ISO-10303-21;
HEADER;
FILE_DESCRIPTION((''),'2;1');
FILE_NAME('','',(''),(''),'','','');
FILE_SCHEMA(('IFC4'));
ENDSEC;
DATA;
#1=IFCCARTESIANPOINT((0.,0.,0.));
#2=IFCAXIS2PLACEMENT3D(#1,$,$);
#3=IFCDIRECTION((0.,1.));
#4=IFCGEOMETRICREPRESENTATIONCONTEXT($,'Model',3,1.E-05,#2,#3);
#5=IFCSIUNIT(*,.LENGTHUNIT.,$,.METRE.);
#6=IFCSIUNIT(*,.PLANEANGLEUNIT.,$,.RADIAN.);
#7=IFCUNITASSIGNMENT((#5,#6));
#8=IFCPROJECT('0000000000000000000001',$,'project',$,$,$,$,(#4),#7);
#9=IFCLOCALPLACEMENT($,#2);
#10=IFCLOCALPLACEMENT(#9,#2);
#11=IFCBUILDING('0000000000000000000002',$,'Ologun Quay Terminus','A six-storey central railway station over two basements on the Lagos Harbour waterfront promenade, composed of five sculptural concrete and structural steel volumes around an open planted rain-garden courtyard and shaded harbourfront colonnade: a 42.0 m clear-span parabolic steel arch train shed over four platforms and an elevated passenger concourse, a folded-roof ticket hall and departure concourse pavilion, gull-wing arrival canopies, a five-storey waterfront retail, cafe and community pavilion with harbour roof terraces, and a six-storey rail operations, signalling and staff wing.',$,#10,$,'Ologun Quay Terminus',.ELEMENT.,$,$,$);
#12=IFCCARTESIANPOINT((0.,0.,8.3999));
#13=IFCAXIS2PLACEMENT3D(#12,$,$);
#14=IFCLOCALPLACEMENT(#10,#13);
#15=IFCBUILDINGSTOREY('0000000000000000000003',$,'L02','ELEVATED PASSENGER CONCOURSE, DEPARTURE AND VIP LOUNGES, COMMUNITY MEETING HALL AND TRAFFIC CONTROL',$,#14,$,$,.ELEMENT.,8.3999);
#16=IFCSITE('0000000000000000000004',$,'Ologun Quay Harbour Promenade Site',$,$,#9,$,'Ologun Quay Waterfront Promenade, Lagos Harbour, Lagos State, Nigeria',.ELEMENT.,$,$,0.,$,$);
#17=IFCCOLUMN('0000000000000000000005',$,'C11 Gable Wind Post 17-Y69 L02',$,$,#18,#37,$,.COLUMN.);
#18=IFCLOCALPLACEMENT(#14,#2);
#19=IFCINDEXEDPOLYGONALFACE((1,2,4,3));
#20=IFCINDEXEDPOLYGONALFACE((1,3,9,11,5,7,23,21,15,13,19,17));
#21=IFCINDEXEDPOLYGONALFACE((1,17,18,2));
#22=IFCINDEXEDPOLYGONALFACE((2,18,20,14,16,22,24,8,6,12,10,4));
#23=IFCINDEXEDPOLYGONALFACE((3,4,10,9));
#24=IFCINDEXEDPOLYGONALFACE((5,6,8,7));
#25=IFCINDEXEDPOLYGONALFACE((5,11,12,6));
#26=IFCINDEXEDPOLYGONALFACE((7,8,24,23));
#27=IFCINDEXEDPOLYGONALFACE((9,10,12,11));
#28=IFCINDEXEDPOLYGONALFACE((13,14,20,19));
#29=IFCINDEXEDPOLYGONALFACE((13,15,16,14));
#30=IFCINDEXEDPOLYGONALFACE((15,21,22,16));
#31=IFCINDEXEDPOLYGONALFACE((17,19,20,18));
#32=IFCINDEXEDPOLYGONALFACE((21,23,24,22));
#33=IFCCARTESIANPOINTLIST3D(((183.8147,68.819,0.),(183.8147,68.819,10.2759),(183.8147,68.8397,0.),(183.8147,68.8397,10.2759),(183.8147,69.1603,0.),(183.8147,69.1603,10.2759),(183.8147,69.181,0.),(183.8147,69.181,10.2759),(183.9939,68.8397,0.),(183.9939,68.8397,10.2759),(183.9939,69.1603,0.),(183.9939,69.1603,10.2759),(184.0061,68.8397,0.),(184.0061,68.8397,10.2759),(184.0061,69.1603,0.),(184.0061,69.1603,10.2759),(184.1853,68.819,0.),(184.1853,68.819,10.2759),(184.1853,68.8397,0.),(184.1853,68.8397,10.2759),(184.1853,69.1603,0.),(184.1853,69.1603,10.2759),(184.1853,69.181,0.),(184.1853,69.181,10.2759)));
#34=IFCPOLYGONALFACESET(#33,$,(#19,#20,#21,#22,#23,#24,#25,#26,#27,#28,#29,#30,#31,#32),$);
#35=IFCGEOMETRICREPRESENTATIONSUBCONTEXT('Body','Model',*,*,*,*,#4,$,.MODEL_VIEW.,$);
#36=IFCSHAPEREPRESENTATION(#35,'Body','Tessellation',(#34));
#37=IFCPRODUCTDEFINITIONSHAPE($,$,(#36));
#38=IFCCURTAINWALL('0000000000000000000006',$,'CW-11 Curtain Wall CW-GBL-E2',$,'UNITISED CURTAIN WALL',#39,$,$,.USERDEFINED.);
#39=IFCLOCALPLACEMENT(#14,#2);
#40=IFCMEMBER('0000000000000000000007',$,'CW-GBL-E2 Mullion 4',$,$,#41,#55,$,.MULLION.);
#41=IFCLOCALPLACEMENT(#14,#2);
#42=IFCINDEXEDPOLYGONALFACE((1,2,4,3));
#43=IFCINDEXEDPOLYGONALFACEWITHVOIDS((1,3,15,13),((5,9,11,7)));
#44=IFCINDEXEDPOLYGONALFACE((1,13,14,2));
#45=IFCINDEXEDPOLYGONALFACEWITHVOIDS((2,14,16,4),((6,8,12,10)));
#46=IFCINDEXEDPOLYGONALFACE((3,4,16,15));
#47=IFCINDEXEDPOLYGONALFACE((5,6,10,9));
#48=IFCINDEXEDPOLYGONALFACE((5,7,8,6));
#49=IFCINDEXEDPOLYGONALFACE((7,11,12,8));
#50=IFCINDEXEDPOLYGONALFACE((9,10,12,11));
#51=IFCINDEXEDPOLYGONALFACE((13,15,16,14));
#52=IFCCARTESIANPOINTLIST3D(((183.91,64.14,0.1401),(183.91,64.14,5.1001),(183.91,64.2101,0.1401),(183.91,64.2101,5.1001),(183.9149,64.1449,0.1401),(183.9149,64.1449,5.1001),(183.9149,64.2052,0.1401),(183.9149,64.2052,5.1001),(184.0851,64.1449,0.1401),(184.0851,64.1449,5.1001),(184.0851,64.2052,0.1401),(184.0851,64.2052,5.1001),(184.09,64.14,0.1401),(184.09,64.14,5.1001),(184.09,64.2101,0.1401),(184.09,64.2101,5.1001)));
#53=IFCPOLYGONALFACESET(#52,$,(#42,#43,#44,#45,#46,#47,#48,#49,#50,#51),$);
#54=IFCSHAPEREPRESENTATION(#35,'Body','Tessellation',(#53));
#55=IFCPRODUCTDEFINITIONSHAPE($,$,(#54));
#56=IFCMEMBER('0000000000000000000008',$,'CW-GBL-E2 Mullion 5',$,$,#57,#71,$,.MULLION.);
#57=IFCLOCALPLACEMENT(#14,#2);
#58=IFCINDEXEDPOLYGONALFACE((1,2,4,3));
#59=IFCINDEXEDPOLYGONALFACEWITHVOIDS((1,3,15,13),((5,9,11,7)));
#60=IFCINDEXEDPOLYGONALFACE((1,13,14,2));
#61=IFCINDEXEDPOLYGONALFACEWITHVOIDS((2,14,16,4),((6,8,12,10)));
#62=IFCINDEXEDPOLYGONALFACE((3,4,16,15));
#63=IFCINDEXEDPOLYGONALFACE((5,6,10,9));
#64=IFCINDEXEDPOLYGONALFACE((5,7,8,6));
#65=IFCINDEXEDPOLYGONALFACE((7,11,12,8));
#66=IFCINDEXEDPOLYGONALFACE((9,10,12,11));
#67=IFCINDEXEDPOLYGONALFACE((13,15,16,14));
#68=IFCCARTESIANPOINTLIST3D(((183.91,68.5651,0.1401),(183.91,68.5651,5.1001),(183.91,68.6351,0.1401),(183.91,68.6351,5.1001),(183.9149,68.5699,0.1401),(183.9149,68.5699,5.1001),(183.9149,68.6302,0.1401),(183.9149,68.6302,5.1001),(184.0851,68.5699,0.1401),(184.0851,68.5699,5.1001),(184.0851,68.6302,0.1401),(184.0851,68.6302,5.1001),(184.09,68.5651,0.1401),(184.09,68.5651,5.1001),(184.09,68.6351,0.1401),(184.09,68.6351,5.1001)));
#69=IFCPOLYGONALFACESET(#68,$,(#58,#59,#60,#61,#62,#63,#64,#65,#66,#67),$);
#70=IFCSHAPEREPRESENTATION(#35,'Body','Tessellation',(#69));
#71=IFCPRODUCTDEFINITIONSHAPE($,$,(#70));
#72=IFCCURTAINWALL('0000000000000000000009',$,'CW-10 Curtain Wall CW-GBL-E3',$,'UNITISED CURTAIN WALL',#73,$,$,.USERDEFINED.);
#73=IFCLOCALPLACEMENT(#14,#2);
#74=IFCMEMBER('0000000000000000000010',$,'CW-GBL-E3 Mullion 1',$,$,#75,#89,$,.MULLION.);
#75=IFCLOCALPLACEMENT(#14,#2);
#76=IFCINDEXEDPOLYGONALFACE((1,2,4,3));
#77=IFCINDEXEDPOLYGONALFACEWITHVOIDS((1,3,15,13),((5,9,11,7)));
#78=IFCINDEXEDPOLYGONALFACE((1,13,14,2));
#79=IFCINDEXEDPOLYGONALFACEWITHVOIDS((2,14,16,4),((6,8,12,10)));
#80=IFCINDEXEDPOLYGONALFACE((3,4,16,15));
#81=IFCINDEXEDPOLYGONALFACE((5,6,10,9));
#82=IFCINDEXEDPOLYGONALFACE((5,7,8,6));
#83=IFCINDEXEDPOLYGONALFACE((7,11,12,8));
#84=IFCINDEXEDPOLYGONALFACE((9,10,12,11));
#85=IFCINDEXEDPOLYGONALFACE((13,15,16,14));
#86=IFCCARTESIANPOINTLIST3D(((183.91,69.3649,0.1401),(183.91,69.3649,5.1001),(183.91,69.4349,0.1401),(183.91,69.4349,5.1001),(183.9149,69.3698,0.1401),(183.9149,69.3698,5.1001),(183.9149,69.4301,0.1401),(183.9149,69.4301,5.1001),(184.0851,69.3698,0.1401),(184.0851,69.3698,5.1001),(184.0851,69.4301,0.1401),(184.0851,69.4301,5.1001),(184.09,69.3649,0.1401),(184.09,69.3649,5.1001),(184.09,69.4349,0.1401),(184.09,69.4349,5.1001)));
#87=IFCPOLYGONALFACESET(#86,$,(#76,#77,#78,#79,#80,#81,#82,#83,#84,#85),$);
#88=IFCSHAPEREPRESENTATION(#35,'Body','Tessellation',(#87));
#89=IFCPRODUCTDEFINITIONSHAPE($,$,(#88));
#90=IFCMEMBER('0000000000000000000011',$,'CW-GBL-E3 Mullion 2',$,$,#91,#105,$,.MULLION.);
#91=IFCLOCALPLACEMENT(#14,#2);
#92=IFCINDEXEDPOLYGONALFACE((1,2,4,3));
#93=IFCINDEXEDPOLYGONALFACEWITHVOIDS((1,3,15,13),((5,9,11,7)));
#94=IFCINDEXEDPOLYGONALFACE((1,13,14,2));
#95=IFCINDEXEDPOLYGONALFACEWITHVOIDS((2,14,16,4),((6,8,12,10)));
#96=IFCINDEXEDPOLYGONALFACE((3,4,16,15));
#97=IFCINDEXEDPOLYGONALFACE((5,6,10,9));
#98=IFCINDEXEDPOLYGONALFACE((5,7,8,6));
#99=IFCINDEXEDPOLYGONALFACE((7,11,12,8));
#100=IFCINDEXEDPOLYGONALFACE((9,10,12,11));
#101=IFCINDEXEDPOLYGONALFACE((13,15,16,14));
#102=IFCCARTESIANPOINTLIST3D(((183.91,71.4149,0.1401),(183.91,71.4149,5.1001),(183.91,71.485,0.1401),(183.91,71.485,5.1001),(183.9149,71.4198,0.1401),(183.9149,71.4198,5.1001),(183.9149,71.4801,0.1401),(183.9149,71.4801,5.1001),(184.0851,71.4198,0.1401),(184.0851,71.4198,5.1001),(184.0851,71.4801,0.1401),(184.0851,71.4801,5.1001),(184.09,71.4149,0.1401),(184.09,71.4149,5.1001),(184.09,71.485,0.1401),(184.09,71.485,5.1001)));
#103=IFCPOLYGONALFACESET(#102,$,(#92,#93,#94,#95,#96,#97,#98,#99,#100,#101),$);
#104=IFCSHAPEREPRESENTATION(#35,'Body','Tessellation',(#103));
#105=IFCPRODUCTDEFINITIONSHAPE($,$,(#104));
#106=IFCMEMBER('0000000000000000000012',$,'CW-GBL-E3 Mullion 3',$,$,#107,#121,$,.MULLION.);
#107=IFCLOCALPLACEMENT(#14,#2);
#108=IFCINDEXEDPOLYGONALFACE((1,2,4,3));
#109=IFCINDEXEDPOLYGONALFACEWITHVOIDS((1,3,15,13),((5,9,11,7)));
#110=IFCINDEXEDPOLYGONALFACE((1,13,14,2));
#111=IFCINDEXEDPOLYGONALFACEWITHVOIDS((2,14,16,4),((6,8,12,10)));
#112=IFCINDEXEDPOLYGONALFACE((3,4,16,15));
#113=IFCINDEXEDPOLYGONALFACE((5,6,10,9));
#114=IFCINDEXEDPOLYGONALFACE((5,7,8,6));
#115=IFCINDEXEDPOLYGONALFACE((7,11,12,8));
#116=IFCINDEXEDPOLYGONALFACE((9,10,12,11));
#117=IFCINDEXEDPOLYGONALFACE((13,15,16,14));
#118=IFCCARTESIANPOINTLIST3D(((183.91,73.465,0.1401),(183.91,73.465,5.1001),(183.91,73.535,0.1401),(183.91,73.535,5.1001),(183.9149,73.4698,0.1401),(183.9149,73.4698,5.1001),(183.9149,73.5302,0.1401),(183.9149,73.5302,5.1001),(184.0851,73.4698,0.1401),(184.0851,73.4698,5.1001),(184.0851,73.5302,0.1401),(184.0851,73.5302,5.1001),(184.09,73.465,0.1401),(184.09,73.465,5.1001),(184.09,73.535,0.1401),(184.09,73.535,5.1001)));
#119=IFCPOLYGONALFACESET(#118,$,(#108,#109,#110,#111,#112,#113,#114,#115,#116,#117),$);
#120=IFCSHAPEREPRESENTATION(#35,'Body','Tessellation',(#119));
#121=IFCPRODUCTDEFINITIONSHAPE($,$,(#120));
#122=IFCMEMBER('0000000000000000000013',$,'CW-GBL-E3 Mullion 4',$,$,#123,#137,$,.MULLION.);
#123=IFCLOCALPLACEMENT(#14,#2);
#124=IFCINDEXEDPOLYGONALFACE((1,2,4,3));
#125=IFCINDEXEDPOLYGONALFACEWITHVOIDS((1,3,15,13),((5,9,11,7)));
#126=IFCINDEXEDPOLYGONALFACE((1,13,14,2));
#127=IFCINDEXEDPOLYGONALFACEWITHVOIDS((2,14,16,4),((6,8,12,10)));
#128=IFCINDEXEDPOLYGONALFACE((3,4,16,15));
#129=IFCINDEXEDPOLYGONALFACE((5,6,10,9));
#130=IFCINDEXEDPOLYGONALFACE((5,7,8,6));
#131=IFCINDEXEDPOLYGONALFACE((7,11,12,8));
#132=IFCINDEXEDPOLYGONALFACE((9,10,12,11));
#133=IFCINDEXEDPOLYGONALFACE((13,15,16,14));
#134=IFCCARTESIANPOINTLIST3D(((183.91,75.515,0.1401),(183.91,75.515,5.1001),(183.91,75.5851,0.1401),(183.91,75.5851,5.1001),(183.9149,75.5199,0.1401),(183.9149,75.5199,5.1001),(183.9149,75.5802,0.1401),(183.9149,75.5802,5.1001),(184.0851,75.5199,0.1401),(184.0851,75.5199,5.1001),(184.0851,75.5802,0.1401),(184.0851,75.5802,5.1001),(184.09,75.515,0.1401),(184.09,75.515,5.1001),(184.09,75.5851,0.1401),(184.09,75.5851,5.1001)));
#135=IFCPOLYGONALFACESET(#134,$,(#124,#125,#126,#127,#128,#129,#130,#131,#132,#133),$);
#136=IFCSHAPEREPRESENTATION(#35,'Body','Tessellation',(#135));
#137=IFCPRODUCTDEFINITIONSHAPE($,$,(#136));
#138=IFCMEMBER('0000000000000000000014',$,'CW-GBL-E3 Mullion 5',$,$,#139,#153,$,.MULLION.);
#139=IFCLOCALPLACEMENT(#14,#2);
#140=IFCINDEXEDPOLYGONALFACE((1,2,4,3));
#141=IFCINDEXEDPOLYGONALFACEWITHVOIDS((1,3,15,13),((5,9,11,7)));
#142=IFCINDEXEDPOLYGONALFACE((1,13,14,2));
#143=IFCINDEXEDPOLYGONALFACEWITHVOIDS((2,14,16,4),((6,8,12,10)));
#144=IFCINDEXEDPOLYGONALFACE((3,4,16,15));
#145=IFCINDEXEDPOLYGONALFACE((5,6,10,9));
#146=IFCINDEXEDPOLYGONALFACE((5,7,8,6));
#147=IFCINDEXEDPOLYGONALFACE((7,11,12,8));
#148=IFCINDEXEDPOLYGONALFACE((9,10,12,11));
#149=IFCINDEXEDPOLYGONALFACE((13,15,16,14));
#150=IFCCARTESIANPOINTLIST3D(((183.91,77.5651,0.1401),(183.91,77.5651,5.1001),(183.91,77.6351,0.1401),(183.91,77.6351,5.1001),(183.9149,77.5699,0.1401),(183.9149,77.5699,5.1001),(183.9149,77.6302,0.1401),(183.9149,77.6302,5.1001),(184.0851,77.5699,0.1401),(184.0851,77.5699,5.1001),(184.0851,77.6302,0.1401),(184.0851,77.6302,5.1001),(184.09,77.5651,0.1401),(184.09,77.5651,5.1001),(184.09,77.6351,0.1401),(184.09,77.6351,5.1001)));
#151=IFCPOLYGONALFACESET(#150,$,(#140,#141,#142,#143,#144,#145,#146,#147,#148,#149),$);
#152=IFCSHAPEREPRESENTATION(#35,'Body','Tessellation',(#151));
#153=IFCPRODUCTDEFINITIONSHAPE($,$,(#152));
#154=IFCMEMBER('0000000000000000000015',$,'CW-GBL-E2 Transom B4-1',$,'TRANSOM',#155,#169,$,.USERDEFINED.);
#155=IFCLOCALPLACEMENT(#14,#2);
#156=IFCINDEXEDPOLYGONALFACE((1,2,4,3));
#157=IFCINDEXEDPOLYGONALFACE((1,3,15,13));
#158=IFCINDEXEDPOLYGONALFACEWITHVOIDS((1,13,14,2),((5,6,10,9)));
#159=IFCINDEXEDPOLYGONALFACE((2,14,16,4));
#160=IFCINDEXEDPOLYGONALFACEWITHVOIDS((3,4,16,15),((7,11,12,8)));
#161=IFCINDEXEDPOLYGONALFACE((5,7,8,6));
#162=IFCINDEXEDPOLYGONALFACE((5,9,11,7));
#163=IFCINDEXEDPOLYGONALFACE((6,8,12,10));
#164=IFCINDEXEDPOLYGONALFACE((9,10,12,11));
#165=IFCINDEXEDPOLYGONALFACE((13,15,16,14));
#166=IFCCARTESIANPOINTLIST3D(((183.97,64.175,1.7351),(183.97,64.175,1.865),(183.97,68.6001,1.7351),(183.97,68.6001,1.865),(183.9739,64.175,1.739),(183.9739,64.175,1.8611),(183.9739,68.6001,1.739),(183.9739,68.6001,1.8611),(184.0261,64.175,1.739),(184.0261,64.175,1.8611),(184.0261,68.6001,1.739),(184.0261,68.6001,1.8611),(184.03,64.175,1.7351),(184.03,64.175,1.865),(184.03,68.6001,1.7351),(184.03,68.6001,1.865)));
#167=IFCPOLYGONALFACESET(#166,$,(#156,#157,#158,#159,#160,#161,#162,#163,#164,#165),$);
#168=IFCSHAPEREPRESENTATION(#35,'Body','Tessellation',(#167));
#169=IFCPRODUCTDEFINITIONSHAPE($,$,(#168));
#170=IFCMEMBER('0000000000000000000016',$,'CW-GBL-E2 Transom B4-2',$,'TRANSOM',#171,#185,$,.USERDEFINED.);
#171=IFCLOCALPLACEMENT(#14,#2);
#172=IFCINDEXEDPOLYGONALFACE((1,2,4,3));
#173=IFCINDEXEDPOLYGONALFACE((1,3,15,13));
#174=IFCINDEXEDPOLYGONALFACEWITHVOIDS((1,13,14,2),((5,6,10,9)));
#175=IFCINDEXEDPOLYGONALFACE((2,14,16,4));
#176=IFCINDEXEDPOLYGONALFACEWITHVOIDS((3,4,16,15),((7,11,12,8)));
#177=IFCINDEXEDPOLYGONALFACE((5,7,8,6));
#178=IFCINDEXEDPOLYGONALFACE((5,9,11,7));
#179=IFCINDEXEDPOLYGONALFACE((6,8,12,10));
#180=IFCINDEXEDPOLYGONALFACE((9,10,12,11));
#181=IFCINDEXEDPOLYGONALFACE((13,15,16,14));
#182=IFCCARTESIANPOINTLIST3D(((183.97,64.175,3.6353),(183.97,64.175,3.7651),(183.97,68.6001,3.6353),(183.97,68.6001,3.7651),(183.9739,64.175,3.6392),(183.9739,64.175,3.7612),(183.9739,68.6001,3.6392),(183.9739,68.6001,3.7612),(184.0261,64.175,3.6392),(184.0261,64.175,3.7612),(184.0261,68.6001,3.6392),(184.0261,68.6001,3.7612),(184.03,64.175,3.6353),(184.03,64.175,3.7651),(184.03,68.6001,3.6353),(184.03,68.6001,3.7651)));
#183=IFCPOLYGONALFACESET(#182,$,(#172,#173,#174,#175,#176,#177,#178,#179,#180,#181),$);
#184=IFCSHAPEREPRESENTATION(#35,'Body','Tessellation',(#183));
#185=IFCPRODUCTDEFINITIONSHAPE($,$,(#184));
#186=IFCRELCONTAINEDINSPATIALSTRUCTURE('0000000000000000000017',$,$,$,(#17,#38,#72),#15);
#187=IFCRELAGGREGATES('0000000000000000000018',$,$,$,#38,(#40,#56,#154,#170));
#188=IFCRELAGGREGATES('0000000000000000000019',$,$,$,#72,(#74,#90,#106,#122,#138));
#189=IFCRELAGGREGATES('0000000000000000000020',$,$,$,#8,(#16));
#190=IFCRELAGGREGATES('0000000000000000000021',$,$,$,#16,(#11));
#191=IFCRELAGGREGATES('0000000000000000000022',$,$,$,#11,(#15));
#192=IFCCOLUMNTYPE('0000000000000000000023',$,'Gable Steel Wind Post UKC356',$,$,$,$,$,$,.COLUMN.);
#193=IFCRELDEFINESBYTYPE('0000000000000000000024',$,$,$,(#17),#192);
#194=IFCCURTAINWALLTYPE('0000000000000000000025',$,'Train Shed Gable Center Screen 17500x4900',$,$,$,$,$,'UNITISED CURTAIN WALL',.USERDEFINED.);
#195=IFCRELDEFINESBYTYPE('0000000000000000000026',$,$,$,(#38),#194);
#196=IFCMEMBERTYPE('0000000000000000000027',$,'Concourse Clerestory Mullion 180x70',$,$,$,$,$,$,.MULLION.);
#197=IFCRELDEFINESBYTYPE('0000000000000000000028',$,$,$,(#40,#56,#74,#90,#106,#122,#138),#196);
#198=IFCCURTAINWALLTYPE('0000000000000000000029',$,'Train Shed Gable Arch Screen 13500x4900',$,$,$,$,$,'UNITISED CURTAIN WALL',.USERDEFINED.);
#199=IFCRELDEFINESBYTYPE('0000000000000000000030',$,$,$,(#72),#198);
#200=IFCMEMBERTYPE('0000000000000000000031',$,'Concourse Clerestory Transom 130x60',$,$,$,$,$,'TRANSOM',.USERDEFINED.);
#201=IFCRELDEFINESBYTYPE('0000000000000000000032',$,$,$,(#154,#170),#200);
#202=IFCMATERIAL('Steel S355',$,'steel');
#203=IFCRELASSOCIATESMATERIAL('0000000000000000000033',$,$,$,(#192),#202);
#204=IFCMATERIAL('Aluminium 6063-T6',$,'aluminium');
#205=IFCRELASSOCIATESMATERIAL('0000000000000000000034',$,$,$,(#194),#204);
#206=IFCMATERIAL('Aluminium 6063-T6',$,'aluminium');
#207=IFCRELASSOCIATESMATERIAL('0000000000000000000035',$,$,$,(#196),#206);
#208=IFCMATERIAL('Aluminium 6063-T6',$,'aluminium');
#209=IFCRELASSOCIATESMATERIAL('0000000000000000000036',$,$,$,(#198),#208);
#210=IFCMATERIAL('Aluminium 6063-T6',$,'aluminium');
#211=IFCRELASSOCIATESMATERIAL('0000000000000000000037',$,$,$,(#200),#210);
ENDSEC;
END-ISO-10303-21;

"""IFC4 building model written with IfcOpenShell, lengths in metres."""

from ifc_helpers import new_model, si_unit, direction, frame, origin, origin_2d, place, context, subcontext, project, spatial, hollow_rectangle, i_section, extrude, material, material_profile, profile_set, type_object, element, aggregate, save


model = new_model("IFC4")

# Units and contexts
model_context = context("Model", 3, precision=1e-05, world=origin(), true_north=direction((0.0, 1.0)))
body_context = subcontext(model_context, "Body", "Model", "MODEL_VIEW")
ifc_project = project(units=[si_unit("LENGTHUNIT", "METRE"), si_unit("PLANEANGLEUNIT", "RADIAN")], contexts=[model_context])

# Site, building, storey
site_placement = place(None, origin())
site = spatial("IfcSite", under=ifc_project, at=site_placement, Name="Ologun Quay Harbour Promenade Site", LongName="Ologun Quay Waterfront Promenade, Lagos Harbour, Lagos State, Nigeria", CompositionType="ELEMENT", RefElevation=0.0)
building_placement = place(site_placement, origin())
building = spatial("IfcBuilding", under=site, at=building_placement, Name="Ologun Quay Terminus", Description="A six-storey central railway station over two basements on the Lagos Harbour waterfront promenade, composed of five sculptural concrete and structural steel volumes around an open planted rain-garden courtyard and shaded harbourfront colonnade: a 42.0 m clear-span parabolic steel arch train shed over four platforms and an elevated passenger concourse, a folded-roof ticket hall and departure concourse pavilion, gull-wing arrival canopies, a five-storey waterfront retail, cafe and community pavilion with harbour roof terraces, and a six-storey rail operations, signalling and staff wing.", LongName="Ologun Quay Terminus", CompositionType="ELEMENT")
storey_placement = place(building_placement, frame((0.0, 0.0, 8.3999)))
storey = spatial("IfcBuildingStorey", under=building, at=storey_placement, Name="L02", Description="ELEVATED PASSENGER CONCOURSE, DEPARTURE AND VIP LOUNGES, COMMUNITY MEETING HALL AND TRAFFIC CONTROL", CompositionType="ELEMENT", Elevation=8.3999)

# Column
ifc_material_1 = material(Name="Steel S355", Category="steel")
ifc_material_profile_1 = material_profile(ifc_material_1, i_section(OverallWidth=0.3706, OverallDepth=0.3621, WebThickness=0.0122, FlangeThickness=0.0208, at=origin_2d()), Name="UKC 356x368x153")
ifc_profile_set_1 = profile_set([ifc_material_profile_1], Name="Steel S355")
column_type = type_object("IfcColumnType", Name="Gable Steel Wind Post UKC356", PredefinedType="COLUMN", material=ifc_profile_set_1)
column_placement = place(storey_placement, frame((184.0, 69.0, 0.0), z_axis=(0.0, 0.0, 1.0), x_axis=(1.0, 0.0, 0.0)))
element("IfcColumn", 1, at=column_placement, inside=storey, type_object=column_type, Name="C11 Gable Wind Post 17-Y69 L02", PredefinedType="COLUMN", context=body_context, shape_type="SweptSolid", body=[
    extrude(i_section(OverallWidth=0.3706, OverallDepth=0.3621, WebThickness=0.0122, FlangeThickness=0.0208, at=origin_2d()), origin(), (0.0, 0.0, 1.0), 10.2759),
])

# Curtain walls, members
ifc_material_2 = material(Name="Aluminium 6063-T6", Category="aluminium")
curtain_wall_type_1 = type_object("IfcCurtainWallType", Name="Train Shed Gable Center Screen 17500x4900", ElementType="UNITISED CURTAIN WALL", PredefinedType="USERDEFINED", material=ifc_material_2)
curtain_wall_1_placement = place(storey_placement, origin())
curtain_wall_1 = element("IfcCurtainWall", 2, at=curtain_wall_1_placement, inside=storey, type_object=curtain_wall_type_1, Name="CW-11 Curtain Wall CW-GBL-E2", ObjectType="UNITISED CURTAIN WALL", PredefinedType="USERDEFINED")
ifc_material_3 = material(Name="Aluminium 6063-T6", Category="aluminium")
ifc_material_profile_2 = material_profile(ifc_material_3, hollow_rectangle(XDim=0.0701, YDim=0.1799, WallThickness=0.0049, at=origin_2d()), Name="ALU 180x70x5")
ifc_profile_set_2 = profile_set([ifc_material_profile_2], Name="Aluminium 6063-T6")
member_type_1 = type_object("IfcMemberType", Name="Concourse Clerestory Mullion 180x70", PredefinedType="MULLION", material=ifc_profile_set_2)
member_1_placement = place(storey_placement, frame((184.0, 64.175, 0.1401), z_axis=(0.0, 0.0, 1.0), x_axis=(0.0, 1.0, 0.0)))
member_1 = element("IfcMember", 3, at=member_1_placement, type_object=member_type_1, Name="CW-GBL-E2 Mullion 4", PredefinedType="MULLION", context=body_context, shape_type="SweptSolid", body=[
    extrude(hollow_rectangle(XDim=0.0701, YDim=0.1799, WallThickness=0.0049, at=origin_2d()), origin(), (0.0, 0.0, 1.0), 4.96),
])
member_2_placement = place(storey_placement, frame((184.0, 68.6001, 0.1401), z_axis=(0.0, 0.0, 1.0), x_axis=(0.0, 1.0, 0.0)))
member_2 = element("IfcMember", 4, at=member_2_placement, type_object=member_type_1, Name="CW-GBL-E2 Mullion 5", PredefinedType="MULLION", context=body_context, shape_type="SweptSolid", body=[
    extrude(hollow_rectangle(XDim=0.0701, YDim=0.1799, WallThickness=0.0049, at=origin_2d()), origin(), (0.0, 0.0, 1.0), 4.96),
])
ifc_material_4 = material(Name="Aluminium 6063-T6", Category="aluminium")
curtain_wall_type_2 = type_object("IfcCurtainWallType", Name="Train Shed Gable Arch Screen 13500x4900", ElementType="UNITISED CURTAIN WALL", PredefinedType="USERDEFINED", material=ifc_material_4)
curtain_wall_2_placement = place(storey_placement, origin())
curtain_wall_2 = element("IfcCurtainWall", 5, at=curtain_wall_2_placement, inside=storey, type_object=curtain_wall_type_2, Name="CW-10 Curtain Wall CW-GBL-E3", ObjectType="UNITISED CURTAIN WALL", PredefinedType="USERDEFINED")
member_3_placement = place(storey_placement, frame((184.0, 69.3999, 0.1401), z_axis=(0.0, 0.0, 1.0), x_axis=(0.0, 1.0, 0.0)))
member_3 = element("IfcMember", 6, at=member_3_placement, type_object=member_type_1, Name="CW-GBL-E3 Mullion 1", PredefinedType="MULLION", context=body_context, shape_type="SweptSolid", body=[
    extrude(hollow_rectangle(XDim=0.0701, YDim=0.1799, WallThickness=0.0049, at=origin_2d()), origin(), (0.0, 0.0, 1.0), 4.96),
])
member_4_placement = place(storey_placement, frame((184.0, 71.45, 0.1401), z_axis=(0.0, 0.0, 1.0), x_axis=(0.0, 1.0, 0.0)))
member_4 = element("IfcMember", 7, at=member_4_placement, type_object=member_type_1, Name="CW-GBL-E3 Mullion 2", PredefinedType="MULLION", context=body_context, shape_type="SweptSolid", body=[
    extrude(hollow_rectangle(XDim=0.0701, YDim=0.1799, WallThickness=0.0049, at=origin_2d()), origin(), (0.0, 0.0, 1.0), 4.96),
])
member_5_placement = place(storey_placement, frame((184.0, 73.5, 0.1401), z_axis=(0.0, 0.0, 1.0), x_axis=(0.0, 1.0, 0.0)))
member_5 = element("IfcMember", 8, at=member_5_placement, type_object=member_type_1, Name="CW-GBL-E3 Mullion 3", PredefinedType="MULLION", context=body_context, shape_type="SweptSolid", body=[
    extrude(hollow_rectangle(XDim=0.0701, YDim=0.1799, WallThickness=0.0049, at=origin_2d()), origin(), (0.0, 0.0, 1.0), 4.96),
])
member_6_placement = place(storey_placement, frame((184.0, 75.55, 0.1401), z_axis=(0.0, 0.0, 1.0), x_axis=(0.0, 1.0, 0.0)))
member_6 = element("IfcMember", 9, at=member_6_placement, type_object=member_type_1, Name="CW-GBL-E3 Mullion 4", PredefinedType="MULLION", context=body_context, shape_type="SweptSolid", body=[
    extrude(hollow_rectangle(XDim=0.0701, YDim=0.1799, WallThickness=0.0049, at=origin_2d()), origin(), (0.0, 0.0, 1.0), 4.96),
])
member_7_placement = place(storey_placement, frame((184.0, 77.6001, 0.1401), z_axis=(0.0, 0.0, 1.0), x_axis=(0.0, 1.0, 0.0)))
member_7 = element("IfcMember", 10, at=member_7_placement, type_object=member_type_1, Name="CW-GBL-E3 Mullion 5", PredefinedType="MULLION", context=body_context, shape_type="SweptSolid", body=[
    extrude(hollow_rectangle(XDim=0.0701, YDim=0.1799, WallThickness=0.0049, at=origin_2d()), origin(), (0.0, 0.0, 1.0), 4.96),
])

# Members
ifc_material_5 = material(Name="Aluminium 6063-T6", Category="aluminium")
ifc_material_profile_3 = material_profile(ifc_material_5, hollow_rectangle(XDim=0.0601, YDim=0.1299, WallThickness=0.0039, at=origin_2d()), Name="ALU 130x60x4")
ifc_profile_set_3 = profile_set([ifc_material_profile_3], Name="Aluminium 6063-T6")
member_type_2 = type_object("IfcMemberType", Name="Concourse Clerestory Transom 130x60", ElementType="TRANSOM", PredefinedType="USERDEFINED", material=ifc_profile_set_3)
member_8_placement = place(storey_placement, frame((184.0, 64.175, 1.8), z_axis=(0.0, 1.0, 0.0), x_axis=(-1.0, 0.0, 0.0)))
member_8 = element("IfcMember", 11, at=member_8_placement, type_object=member_type_2, Name="CW-GBL-E2 Transom B4-1", ObjectType="TRANSOM", PredefinedType="USERDEFINED", context=body_context, shape_type="SweptSolid", body=[
    extrude(hollow_rectangle(XDim=0.0601, YDim=0.1299, WallThickness=0.0039, at=origin_2d()), origin(), (0.0, 0.0, 1.0), 4.425),
])
member_9_placement = place(storey_placement, frame((184.0, 64.175, 3.7002), z_axis=(0.0, 1.0, 0.0), x_axis=(-1.0, 0.0, 0.0)))
member_9 = element("IfcMember", 12, at=member_9_placement, type_object=member_type_2, Name="CW-GBL-E2 Transom B4-2", ObjectType="TRANSOM", PredefinedType="USERDEFINED", context=body_context, shape_type="SweptSolid", body=[
    extrude(hollow_rectangle(XDim=0.0601, YDim=0.1299, WallThickness=0.0039, at=origin_2d()), origin(), (0.0, 0.0, 1.0), 4.425),
])

aggregate(curtain_wall_1, [member_1, member_2, member_8, member_9])
aggregate(curtain_wall_2, [member_3, member_4, member_5, member_6, member_7])

save(model, "model.ifc")
